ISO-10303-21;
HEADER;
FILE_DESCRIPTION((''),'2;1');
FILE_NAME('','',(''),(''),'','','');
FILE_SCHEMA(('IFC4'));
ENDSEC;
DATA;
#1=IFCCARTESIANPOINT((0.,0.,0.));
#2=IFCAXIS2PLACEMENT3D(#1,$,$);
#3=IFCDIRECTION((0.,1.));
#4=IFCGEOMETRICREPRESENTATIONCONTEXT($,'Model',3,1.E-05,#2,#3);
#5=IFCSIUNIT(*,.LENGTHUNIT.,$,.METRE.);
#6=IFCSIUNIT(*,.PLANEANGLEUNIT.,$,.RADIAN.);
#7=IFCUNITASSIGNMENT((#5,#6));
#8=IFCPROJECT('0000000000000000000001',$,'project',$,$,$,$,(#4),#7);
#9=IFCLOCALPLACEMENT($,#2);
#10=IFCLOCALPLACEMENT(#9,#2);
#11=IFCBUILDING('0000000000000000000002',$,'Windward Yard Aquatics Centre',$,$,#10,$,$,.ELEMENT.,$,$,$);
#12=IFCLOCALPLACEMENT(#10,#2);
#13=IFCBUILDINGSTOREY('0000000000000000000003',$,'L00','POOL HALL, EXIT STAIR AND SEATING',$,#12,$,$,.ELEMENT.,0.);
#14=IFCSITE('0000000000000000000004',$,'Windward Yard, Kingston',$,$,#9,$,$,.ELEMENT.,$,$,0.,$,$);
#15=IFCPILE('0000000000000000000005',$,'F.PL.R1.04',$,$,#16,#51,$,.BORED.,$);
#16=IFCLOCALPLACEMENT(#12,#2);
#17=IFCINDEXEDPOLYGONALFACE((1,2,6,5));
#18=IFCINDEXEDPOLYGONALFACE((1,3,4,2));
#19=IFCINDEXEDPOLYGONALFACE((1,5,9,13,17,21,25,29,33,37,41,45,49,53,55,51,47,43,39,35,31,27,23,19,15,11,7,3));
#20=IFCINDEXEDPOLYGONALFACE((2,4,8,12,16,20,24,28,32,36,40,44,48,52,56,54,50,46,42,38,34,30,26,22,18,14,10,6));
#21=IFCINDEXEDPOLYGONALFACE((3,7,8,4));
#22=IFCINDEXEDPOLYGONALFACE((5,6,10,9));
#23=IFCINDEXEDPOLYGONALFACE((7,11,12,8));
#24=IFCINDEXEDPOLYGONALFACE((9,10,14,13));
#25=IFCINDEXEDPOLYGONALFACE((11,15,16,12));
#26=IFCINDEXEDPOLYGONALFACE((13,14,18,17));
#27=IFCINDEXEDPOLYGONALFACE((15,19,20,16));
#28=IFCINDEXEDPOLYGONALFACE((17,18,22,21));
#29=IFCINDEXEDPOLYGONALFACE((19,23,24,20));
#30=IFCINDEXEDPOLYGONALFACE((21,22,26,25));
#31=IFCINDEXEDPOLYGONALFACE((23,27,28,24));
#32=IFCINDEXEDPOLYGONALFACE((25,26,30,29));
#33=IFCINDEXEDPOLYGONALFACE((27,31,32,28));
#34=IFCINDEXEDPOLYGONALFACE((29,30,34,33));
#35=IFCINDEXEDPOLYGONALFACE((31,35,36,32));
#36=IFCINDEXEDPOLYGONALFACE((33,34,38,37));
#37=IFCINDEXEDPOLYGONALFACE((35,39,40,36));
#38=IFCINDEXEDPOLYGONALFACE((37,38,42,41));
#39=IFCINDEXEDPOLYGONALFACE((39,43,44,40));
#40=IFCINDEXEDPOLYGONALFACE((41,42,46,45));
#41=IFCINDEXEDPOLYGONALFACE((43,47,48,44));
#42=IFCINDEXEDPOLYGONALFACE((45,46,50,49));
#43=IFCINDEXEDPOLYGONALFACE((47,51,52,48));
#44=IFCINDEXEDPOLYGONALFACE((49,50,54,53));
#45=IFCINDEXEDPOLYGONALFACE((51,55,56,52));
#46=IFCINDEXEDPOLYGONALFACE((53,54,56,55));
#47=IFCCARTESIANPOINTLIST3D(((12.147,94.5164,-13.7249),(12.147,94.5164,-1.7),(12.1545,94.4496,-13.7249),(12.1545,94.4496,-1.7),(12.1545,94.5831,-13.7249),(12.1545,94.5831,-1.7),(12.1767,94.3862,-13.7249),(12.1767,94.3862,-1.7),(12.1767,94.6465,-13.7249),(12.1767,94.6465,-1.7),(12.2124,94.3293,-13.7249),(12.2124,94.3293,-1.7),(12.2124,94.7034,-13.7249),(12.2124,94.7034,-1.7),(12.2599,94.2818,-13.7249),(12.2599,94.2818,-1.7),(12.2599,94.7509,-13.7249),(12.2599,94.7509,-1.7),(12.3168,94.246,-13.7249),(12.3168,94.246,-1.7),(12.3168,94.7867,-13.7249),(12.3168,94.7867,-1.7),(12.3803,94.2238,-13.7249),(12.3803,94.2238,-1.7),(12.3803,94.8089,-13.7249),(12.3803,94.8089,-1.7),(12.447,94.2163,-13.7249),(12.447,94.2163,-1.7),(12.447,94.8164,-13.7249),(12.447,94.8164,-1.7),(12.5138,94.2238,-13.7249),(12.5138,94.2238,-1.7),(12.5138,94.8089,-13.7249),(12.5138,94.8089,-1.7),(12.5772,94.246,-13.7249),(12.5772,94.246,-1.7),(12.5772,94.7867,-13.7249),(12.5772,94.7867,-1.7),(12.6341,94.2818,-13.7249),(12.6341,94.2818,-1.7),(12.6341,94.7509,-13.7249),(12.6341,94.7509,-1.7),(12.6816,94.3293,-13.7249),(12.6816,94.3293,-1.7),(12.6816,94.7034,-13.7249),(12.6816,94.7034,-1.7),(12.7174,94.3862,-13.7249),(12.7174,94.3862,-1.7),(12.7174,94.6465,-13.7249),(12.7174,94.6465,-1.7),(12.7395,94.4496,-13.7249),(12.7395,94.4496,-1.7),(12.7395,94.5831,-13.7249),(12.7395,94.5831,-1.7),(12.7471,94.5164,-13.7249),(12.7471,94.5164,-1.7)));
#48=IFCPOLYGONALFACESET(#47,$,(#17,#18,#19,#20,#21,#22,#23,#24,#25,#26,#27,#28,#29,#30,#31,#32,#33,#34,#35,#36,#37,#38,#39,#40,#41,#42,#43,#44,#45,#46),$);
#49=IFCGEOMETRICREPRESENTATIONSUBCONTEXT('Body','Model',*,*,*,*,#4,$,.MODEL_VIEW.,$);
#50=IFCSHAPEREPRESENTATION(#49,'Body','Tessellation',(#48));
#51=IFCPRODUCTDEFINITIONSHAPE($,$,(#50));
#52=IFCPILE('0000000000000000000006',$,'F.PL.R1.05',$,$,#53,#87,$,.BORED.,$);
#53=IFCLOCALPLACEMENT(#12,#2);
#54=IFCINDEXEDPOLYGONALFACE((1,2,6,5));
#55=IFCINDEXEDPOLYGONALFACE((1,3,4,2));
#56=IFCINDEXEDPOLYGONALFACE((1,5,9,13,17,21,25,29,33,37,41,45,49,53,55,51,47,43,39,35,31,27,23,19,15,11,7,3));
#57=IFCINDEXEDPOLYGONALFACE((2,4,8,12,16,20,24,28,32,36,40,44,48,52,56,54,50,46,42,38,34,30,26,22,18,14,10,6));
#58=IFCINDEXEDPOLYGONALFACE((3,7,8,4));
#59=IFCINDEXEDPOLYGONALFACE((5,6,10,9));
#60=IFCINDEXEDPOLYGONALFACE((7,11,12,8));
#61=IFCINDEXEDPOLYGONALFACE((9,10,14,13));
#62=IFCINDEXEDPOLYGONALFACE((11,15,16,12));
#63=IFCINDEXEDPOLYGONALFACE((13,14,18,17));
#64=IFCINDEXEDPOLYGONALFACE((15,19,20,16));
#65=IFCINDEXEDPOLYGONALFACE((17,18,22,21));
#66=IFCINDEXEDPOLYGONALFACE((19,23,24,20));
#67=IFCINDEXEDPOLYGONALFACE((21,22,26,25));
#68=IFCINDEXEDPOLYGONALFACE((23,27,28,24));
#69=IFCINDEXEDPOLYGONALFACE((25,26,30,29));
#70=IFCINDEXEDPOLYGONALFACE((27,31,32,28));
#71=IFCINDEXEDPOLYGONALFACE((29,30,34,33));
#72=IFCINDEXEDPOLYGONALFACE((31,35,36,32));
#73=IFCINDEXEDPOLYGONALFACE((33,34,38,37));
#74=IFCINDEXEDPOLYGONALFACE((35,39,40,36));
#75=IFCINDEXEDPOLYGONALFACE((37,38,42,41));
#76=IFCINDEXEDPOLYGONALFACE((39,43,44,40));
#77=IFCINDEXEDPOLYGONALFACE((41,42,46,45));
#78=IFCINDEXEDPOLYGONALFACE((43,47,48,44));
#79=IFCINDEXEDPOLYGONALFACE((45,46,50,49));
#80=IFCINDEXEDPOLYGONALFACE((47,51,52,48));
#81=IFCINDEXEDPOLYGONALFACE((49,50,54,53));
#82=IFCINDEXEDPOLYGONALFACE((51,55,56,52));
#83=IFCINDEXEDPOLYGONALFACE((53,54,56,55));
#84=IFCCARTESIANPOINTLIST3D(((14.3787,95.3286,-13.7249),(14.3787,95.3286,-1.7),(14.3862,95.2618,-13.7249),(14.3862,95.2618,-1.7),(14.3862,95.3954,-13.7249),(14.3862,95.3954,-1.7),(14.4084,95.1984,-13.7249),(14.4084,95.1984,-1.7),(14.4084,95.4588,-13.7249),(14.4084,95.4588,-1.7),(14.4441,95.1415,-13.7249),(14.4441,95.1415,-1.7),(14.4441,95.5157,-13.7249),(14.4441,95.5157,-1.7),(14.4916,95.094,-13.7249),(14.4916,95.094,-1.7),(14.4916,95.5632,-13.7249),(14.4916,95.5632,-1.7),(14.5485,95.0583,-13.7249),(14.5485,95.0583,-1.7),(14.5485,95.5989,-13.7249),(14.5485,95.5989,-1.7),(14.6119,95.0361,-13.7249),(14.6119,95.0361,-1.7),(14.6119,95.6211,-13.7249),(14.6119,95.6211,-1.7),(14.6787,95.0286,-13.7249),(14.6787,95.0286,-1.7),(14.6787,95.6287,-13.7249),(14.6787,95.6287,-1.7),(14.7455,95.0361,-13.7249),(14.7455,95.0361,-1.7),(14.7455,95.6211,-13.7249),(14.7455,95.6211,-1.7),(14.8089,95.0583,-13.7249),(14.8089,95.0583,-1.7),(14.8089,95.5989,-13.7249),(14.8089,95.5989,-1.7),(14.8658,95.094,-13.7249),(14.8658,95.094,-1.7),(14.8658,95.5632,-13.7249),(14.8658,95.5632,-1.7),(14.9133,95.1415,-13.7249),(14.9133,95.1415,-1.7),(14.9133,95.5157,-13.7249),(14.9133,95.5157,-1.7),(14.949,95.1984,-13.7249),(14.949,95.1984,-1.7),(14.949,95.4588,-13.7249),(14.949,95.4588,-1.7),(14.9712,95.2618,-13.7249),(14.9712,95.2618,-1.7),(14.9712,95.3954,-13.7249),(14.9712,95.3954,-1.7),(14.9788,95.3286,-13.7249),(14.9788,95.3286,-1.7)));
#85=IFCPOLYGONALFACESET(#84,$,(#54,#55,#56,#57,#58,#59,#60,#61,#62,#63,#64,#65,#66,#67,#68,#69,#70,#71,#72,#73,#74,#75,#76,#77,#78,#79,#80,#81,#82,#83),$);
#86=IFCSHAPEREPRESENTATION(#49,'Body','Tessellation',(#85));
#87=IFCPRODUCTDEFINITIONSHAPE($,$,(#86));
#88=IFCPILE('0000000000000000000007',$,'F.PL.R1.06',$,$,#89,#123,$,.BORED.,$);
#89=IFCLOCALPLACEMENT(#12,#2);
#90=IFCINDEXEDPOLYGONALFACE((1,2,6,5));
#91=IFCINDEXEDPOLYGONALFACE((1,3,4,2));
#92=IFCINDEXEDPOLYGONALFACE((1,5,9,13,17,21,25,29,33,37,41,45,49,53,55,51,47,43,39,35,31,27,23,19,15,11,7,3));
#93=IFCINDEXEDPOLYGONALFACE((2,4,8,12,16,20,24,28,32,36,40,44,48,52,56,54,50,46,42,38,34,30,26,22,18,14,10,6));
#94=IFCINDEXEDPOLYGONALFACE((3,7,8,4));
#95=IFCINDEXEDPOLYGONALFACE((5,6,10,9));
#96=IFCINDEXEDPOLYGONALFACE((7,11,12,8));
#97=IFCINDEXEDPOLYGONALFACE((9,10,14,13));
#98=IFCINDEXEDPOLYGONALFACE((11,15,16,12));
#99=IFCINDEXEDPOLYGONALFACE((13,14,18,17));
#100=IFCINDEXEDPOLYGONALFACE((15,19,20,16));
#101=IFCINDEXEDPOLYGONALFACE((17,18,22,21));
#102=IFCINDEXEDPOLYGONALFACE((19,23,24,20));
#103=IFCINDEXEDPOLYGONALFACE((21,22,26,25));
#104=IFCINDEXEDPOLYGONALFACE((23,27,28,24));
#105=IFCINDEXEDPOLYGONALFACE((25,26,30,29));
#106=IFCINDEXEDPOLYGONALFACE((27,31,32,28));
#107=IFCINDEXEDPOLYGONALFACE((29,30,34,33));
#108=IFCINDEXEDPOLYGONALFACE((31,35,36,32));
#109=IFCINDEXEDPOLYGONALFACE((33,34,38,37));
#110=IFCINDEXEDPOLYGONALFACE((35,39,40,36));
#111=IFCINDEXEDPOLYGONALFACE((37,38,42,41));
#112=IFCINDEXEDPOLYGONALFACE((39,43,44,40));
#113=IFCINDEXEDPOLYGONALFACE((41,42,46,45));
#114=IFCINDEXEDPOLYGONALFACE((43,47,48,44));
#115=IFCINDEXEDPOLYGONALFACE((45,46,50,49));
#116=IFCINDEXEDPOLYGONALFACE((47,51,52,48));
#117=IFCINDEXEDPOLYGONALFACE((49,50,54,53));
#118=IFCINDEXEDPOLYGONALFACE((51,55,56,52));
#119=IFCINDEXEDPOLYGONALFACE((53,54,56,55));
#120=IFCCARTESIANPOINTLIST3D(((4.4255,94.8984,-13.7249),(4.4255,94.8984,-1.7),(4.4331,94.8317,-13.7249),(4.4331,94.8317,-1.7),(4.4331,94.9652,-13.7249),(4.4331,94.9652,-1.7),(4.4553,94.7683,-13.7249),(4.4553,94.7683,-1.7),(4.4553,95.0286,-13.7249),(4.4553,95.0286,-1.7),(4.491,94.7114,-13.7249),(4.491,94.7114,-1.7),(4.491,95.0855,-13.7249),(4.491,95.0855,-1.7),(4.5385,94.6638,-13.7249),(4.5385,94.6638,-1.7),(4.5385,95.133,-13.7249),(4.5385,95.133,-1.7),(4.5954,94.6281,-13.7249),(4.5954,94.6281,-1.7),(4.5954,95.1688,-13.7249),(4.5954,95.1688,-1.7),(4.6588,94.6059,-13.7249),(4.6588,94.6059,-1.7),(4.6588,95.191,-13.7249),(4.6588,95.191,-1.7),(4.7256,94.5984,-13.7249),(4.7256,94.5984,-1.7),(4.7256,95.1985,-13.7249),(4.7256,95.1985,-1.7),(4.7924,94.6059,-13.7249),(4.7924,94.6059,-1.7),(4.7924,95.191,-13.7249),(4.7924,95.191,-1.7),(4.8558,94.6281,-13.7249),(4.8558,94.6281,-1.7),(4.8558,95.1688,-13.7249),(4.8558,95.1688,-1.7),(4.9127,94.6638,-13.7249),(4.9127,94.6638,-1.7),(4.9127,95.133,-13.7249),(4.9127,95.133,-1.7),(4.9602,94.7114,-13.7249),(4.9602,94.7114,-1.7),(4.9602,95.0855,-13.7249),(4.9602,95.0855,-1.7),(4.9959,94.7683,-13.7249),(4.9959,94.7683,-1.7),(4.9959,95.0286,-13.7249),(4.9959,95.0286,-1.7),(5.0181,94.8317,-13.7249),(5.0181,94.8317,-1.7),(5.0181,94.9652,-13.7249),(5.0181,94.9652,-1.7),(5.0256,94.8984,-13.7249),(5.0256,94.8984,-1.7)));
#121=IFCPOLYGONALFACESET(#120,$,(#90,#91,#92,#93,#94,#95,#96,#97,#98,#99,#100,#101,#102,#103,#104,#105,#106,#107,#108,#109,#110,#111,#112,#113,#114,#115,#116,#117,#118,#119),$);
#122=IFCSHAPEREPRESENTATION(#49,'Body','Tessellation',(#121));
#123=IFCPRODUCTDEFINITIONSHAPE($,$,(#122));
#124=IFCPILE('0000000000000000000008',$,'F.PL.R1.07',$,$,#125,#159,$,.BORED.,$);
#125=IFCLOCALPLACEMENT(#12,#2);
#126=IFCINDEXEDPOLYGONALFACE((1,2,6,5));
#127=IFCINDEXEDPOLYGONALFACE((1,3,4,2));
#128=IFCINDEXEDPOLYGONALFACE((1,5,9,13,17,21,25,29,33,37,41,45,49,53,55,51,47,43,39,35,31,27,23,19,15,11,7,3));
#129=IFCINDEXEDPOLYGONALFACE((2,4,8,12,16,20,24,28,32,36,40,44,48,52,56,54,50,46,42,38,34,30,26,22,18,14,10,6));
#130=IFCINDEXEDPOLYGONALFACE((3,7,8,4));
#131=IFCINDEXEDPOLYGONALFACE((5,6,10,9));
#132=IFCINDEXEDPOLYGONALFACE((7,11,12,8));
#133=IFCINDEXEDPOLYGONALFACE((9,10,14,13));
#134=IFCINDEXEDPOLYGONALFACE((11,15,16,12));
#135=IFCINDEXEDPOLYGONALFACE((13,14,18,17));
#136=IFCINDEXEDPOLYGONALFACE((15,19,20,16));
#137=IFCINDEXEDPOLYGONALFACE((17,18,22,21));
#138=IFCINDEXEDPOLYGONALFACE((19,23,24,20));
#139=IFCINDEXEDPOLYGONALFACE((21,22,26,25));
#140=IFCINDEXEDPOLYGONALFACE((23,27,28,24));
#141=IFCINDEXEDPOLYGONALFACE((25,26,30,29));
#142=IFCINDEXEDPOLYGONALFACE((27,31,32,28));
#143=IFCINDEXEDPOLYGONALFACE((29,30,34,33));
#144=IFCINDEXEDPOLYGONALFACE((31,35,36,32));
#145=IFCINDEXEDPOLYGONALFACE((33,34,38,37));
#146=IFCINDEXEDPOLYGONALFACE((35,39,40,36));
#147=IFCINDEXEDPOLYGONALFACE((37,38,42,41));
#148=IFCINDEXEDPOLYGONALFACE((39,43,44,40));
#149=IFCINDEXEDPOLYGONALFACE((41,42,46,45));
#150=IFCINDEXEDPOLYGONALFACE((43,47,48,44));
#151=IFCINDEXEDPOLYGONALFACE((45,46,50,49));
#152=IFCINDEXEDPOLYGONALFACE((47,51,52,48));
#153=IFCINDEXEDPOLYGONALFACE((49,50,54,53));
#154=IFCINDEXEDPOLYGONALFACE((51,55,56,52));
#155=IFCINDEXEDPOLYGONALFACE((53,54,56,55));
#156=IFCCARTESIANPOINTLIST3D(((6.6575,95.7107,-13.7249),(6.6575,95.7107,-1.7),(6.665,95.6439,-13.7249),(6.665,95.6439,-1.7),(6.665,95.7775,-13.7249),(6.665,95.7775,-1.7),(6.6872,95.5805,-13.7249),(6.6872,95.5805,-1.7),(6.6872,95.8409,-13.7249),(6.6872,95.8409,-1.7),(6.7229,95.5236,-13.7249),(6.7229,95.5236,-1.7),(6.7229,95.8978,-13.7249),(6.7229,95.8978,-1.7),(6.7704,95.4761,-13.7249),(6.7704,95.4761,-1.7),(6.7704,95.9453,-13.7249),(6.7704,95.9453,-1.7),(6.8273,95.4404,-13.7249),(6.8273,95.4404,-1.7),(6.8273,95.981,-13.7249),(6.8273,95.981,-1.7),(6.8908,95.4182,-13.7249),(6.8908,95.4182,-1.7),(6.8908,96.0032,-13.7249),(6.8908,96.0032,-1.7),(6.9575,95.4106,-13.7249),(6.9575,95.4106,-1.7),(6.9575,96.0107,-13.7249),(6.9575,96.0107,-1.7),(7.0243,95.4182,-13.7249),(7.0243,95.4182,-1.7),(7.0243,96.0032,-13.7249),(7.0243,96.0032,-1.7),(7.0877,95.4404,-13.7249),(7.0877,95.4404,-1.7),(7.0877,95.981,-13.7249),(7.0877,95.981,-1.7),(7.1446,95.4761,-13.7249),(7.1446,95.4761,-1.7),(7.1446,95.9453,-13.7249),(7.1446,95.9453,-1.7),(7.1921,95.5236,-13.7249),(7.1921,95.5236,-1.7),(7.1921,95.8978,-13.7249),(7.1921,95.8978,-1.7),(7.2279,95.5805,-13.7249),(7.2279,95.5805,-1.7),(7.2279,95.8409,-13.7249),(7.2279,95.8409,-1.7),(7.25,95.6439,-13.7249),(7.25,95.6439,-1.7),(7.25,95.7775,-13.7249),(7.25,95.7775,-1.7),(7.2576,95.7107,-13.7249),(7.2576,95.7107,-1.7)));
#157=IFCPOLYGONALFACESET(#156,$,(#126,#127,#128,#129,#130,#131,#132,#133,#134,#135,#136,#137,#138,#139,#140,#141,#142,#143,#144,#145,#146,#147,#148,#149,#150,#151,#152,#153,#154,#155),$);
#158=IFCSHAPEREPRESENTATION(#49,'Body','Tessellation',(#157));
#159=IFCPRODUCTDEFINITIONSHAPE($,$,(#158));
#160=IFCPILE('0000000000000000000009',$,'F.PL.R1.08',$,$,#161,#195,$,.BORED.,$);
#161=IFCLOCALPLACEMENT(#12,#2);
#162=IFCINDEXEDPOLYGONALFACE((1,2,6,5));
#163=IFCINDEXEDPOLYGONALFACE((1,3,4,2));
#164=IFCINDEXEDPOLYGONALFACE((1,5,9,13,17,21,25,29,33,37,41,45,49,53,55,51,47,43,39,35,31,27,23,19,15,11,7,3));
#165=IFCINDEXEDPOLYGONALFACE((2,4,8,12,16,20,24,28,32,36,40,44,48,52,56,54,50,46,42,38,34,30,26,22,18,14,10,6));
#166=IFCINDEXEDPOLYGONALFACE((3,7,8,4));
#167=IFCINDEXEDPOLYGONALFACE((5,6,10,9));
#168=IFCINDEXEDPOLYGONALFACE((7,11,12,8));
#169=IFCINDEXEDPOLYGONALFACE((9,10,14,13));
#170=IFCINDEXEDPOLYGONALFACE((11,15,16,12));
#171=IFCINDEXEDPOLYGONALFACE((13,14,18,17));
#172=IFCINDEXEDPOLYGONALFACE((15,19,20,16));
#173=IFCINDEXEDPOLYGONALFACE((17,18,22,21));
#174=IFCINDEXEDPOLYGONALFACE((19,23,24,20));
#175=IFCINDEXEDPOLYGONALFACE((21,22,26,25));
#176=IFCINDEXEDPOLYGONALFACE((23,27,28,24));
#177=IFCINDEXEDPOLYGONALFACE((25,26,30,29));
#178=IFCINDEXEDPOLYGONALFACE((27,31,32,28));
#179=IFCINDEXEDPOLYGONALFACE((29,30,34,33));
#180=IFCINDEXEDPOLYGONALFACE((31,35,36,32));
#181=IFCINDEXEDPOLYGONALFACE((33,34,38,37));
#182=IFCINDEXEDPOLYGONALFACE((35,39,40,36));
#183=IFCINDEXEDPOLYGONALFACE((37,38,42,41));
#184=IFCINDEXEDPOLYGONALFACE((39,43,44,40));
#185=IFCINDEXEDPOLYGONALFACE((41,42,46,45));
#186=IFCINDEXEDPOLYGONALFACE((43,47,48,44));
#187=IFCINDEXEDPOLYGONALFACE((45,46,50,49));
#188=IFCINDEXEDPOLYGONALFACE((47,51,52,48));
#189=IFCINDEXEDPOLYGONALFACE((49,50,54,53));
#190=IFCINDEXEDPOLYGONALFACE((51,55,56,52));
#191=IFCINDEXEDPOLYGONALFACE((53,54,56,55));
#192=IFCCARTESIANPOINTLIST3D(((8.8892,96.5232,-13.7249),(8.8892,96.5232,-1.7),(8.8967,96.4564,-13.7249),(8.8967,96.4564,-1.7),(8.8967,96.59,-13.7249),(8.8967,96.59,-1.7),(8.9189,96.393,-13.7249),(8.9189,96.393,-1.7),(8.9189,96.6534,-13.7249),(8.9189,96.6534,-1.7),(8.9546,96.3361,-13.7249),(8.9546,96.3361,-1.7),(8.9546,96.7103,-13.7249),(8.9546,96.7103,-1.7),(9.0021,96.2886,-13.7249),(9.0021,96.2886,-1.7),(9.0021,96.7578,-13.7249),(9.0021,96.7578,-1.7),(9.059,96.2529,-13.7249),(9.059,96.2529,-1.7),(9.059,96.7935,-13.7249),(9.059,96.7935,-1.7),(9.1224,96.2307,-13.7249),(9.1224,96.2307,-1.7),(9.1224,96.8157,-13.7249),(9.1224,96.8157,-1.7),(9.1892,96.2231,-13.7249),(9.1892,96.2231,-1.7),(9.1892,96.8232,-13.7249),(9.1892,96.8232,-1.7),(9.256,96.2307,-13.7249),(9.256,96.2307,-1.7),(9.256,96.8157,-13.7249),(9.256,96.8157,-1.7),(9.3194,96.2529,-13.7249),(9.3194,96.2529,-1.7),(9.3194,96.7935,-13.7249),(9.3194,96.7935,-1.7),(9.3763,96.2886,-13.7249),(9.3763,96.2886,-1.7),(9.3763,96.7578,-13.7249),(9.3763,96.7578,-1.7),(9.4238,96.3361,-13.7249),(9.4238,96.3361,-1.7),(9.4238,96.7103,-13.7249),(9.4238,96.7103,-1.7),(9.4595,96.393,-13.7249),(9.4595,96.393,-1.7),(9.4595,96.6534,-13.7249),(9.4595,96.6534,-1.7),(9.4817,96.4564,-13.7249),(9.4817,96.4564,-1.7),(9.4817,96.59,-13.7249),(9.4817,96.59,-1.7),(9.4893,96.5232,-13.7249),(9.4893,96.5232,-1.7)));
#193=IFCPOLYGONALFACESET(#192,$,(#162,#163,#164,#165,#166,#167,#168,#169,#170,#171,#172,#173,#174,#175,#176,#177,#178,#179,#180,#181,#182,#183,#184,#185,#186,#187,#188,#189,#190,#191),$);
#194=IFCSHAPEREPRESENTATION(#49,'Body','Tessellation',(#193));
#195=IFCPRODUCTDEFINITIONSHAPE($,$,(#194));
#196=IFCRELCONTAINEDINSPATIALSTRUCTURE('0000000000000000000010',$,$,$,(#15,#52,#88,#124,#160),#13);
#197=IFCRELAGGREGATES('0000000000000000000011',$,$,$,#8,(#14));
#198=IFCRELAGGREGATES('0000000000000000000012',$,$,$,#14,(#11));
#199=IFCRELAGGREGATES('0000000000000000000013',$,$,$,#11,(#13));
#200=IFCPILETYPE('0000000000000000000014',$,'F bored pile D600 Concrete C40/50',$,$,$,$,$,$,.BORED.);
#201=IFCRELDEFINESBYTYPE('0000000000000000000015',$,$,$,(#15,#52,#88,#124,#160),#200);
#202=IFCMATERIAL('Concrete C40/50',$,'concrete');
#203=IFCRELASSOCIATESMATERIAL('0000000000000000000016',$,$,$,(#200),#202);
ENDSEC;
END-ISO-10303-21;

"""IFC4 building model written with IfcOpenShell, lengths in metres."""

from ifc_helpers import new_model, si_unit, direction, frame, origin, origin_2d, place, context, subcontext, project, spatial, circle, extrude, material, material_profile, profile_set, type_object, element, save


model = new_model("IFC4")

# Units and contexts
model_context = context("Model", 3, precision=1e-05, world=origin(), true_north=direction((0.0, 1.0)))
body_context = subcontext(model_context, "Body", "Model", "MODEL_VIEW")
ifc_project = project(units=[si_unit("LENGTHUNIT", "METRE"), si_unit("PLANEANGLEUNIT", "RADIAN")], contexts=[model_context])

# Site, building, storey
site_placement = place(None, origin())
site = spatial("IfcSite", under=ifc_project, at=site_placement, Name="Windward Yard, Kingston", CompositionType="ELEMENT", RefElevation=0.0)
building_placement = place(site_placement, origin())
building = spatial("IfcBuilding", under=site, at=building_placement, Name="Windward Yard Aquatics Centre", CompositionType="ELEMENT")
storey_placement = place(building_placement, origin())
storey = spatial("IfcBuildingStorey", under=building, at=storey_placement, Name="L00", Description="POOL HALL, EXIT STAIR AND SEATING", CompositionType="ELEMENT", Elevation=0.0)

# Piles
ifc_material_1 = material(Name="Concrete C40/50", Category="concrete")
ifc_material_profile = material_profile(ifc_material_1, circle(Radius=0.3, at=origin_2d()), Name="D600")
ifc_profile_set = profile_set([ifc_material_profile], Name="Concrete C40/50")
pile_type = type_object("IfcPileType", Name="F bored pile D600 Concrete C40/50", PredefinedType="BORED", material=ifc_profile_set)
for number, where, z_axis, x_axis, name in (
    (1, (12.447, 94.5164, -1.7), (0.0, 0.0, -1.0), (1.0, 0.0, 0.0), "F.PL.R1.04"),
    (2, (14.6787, 95.3286, -1.7), (0.0, 0.0, -1.0), (1.0, 0.0, 0.0), "F.PL.R1.05"),
    (3, (4.7256, 94.8984, -1.7), (0.0, 0.0, -1.0), (1.0, 0.0, 0.0), "F.PL.R1.06"),
    (4, (6.9575, 95.7107, -1.7), (0.0, 0.0, -1.0), (1.0, 0.0, 0.0), "F.PL.R1.07"),
    (5, (9.1892, 96.5232, -1.7), (0.0, 0.0, -1.0), (1.0, 0.0, 0.0), "F.PL.R1.08"),
):
    element("IfcPile", number, at=place(storey_placement, frame(where, z_axis=z_axis, x_axis=x_axis)), inside=storey, type_object=pile_type, Name=name, PredefinedType="BORED", context=body_context, shape_type="SweptSolid", body=[
        extrude(circle(Radius=0.3, at=origin_2d()), origin(), (0.0, 0.0, 1.0), 12.0249),
    ])

save(model, "model.ifc")
